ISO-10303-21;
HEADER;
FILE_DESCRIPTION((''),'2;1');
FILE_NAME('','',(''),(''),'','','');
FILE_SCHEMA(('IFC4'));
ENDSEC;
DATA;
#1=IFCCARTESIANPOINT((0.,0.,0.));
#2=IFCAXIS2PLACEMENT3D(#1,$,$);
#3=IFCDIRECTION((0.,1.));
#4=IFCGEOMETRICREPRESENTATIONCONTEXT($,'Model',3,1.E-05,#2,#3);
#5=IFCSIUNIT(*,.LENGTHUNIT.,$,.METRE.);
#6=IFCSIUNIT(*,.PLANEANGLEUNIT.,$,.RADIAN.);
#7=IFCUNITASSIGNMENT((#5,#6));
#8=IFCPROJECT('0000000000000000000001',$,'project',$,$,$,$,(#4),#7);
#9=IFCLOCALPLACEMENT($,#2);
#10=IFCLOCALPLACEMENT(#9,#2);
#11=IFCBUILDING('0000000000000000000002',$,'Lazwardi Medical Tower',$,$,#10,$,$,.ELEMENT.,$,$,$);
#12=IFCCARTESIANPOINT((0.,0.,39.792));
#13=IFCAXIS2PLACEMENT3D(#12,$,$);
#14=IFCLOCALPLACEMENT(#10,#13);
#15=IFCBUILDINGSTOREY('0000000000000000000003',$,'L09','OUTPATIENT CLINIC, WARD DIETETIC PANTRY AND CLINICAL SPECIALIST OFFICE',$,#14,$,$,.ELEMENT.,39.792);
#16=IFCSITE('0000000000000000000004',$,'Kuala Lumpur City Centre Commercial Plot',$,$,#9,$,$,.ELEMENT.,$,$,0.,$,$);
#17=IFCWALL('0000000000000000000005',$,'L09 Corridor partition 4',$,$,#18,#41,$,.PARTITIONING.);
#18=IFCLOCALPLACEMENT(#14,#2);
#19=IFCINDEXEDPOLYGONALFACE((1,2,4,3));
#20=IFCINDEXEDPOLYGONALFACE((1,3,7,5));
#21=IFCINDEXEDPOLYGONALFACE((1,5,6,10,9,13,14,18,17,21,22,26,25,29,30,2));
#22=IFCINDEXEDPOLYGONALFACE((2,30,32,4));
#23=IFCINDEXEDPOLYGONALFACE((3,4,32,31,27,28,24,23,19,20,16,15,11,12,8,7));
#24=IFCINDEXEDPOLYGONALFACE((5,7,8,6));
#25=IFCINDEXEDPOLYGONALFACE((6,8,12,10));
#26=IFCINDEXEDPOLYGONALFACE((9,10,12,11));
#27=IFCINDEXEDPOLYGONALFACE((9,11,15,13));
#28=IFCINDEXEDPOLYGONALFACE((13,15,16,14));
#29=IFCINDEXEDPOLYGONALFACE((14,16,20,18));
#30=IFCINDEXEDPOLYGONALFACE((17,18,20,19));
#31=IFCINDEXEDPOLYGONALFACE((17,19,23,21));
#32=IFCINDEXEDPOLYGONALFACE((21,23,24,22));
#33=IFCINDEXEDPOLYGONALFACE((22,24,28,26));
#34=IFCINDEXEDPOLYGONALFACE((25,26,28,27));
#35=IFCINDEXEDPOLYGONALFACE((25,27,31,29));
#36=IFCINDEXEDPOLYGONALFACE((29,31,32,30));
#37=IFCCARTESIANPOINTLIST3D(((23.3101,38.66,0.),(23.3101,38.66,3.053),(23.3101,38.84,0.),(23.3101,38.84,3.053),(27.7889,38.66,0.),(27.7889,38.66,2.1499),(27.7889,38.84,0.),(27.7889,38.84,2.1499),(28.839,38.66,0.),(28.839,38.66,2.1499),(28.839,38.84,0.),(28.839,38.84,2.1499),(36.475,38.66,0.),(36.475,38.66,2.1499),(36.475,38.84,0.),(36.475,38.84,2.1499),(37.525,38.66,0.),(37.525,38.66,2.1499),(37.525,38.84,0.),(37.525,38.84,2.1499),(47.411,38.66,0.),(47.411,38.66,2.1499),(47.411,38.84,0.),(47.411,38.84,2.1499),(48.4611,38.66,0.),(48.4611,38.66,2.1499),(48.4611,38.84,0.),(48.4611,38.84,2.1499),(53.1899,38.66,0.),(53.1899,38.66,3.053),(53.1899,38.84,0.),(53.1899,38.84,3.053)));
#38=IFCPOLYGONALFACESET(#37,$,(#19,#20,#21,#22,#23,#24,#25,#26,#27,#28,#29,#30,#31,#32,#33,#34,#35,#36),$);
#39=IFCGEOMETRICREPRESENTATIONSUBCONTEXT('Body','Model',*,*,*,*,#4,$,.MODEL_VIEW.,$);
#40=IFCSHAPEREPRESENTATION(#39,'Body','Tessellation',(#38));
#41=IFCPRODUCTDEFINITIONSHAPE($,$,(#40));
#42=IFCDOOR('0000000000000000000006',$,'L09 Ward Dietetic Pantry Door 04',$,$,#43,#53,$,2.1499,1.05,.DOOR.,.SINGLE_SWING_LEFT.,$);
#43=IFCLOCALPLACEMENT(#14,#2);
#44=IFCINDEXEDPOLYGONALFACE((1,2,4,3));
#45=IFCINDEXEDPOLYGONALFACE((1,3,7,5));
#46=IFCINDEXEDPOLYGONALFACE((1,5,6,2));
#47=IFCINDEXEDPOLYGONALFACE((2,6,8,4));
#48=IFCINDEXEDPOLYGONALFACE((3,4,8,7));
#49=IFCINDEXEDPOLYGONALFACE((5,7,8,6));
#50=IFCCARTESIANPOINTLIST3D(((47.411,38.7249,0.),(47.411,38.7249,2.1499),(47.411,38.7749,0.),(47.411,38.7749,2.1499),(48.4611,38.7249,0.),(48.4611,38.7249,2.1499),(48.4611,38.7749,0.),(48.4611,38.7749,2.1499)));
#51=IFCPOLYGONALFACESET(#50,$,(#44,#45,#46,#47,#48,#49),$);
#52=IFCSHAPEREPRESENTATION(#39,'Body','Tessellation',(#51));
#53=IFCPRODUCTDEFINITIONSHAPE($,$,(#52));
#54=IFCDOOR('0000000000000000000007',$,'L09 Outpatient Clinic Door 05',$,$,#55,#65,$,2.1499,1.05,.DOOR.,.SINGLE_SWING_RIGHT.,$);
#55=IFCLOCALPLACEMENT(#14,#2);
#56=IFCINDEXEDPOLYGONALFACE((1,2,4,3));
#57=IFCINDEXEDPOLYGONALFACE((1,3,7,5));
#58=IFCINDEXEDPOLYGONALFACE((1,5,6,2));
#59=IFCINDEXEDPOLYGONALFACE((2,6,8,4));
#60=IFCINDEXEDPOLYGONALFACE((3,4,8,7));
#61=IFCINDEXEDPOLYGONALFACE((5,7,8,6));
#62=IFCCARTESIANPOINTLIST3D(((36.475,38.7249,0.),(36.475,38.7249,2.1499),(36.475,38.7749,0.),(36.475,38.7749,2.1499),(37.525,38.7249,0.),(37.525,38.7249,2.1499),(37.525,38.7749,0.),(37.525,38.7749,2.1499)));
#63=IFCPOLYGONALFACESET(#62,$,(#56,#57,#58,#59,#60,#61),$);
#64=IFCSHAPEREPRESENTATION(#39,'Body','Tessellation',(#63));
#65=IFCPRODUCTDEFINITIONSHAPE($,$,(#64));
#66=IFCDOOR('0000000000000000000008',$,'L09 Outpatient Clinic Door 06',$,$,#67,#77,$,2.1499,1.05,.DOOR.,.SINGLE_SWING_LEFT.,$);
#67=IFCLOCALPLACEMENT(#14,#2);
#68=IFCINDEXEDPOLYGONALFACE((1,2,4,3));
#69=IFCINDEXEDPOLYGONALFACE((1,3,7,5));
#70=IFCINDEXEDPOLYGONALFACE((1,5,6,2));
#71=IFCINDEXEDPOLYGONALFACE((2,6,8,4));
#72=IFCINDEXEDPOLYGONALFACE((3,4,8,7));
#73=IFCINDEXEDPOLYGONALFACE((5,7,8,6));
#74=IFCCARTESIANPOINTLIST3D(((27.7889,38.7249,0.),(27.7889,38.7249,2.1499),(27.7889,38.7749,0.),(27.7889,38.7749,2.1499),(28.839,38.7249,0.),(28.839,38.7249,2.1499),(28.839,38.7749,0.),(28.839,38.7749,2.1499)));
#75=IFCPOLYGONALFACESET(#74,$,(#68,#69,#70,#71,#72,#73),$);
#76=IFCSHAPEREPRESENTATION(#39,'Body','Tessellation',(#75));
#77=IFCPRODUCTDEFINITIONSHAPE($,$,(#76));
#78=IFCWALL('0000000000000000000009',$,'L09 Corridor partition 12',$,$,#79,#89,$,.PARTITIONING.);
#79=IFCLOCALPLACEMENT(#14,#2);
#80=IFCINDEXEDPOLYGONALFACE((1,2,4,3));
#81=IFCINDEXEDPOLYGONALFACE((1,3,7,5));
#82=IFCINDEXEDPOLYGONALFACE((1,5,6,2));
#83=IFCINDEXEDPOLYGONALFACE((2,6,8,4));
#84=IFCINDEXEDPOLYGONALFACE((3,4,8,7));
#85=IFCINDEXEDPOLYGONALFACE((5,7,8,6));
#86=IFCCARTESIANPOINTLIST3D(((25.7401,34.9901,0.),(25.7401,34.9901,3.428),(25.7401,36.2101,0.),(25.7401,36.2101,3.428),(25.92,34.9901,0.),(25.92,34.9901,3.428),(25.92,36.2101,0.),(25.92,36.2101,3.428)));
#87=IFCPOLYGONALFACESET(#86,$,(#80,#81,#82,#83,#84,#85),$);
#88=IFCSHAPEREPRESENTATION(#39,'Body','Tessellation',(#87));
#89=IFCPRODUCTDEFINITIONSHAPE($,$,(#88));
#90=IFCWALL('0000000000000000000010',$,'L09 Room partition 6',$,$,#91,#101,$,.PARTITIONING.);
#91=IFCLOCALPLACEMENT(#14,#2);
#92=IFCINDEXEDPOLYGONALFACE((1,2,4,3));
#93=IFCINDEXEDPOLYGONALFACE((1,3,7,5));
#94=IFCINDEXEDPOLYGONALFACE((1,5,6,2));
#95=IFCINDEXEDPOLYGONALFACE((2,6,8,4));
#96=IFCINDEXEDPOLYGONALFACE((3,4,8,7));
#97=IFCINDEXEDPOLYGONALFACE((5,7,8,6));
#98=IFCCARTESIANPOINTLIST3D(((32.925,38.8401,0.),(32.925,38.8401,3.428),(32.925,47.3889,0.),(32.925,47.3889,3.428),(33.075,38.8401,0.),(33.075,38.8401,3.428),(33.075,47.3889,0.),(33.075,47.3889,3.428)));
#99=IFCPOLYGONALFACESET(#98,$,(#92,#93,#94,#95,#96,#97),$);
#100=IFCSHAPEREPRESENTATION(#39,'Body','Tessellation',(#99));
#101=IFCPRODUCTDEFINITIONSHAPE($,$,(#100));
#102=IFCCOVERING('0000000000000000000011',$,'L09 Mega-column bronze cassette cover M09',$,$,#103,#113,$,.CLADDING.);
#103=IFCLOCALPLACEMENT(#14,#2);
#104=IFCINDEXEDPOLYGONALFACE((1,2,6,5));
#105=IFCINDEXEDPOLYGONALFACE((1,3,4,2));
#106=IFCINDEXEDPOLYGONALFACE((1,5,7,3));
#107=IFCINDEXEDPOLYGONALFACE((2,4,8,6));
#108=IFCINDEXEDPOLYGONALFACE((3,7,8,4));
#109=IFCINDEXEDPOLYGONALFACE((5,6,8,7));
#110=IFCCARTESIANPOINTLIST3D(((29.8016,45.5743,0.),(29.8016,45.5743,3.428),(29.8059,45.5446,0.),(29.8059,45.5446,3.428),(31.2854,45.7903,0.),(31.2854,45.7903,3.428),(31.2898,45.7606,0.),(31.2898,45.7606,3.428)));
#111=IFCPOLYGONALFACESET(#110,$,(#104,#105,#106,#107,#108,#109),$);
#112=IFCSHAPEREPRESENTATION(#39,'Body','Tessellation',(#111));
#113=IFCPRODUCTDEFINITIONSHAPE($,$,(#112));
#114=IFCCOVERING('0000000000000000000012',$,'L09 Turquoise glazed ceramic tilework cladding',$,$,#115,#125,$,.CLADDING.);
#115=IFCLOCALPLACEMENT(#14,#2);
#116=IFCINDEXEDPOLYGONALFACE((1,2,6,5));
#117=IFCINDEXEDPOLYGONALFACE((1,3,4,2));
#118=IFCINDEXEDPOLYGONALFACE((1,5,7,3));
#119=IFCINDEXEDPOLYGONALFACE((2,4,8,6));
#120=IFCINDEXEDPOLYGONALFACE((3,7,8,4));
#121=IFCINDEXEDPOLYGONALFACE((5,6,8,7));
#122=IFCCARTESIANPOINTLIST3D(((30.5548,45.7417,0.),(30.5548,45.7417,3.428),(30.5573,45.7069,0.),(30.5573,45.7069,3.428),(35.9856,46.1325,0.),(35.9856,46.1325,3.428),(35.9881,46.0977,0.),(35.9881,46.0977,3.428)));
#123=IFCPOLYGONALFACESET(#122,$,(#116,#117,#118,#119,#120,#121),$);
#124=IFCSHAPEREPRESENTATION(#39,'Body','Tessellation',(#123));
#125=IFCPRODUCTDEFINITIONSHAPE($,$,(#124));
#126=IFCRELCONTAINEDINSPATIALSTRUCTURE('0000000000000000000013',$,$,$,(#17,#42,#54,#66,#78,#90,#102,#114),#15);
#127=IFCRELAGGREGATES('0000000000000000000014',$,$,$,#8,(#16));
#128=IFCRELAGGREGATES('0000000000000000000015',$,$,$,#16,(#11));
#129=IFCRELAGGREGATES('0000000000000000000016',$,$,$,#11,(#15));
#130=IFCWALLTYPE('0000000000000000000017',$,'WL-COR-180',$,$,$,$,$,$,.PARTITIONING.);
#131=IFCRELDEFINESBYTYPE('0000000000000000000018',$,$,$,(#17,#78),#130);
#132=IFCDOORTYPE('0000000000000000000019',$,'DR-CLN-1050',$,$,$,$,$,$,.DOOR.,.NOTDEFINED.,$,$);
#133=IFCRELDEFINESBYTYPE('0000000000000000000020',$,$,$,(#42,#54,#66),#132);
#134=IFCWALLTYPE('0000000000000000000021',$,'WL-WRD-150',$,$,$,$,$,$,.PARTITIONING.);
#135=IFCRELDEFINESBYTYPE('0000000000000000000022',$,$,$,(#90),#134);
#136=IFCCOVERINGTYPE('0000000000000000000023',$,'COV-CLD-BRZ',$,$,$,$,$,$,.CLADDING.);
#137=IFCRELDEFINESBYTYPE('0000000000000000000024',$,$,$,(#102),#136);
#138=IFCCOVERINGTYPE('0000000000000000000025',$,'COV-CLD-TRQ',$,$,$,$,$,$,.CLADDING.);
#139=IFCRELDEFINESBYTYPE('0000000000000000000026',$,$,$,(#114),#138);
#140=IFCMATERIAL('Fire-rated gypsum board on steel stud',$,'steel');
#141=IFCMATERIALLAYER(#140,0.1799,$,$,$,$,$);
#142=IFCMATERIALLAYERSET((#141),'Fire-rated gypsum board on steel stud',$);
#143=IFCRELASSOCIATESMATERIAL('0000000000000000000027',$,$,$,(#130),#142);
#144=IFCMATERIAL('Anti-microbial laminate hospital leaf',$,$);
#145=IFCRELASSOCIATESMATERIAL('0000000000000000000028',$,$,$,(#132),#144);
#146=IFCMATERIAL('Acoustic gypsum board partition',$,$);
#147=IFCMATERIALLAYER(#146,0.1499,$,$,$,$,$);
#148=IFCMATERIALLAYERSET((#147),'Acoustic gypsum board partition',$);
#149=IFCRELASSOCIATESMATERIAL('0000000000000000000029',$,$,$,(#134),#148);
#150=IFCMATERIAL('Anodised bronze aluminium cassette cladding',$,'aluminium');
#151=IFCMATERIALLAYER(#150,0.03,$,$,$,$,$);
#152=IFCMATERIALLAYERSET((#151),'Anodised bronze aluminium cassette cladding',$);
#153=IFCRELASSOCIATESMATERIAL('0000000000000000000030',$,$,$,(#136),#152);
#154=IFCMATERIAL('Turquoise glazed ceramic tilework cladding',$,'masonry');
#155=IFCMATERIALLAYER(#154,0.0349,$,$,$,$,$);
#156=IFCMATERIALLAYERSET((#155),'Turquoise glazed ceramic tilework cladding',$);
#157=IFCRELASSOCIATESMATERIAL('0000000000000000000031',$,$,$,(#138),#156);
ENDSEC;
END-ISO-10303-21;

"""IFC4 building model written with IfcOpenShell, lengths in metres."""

from ifc_helpers import new_model, si_unit, direction, frame, frame_2d, origin, origin_2d, place, context, subcontext, project, spatial, rectangle, extrude, material, layer, layer_set, type_object, element, fill, save


model = new_model("IFC4")

# Units and contexts
model_context = context("Model", 3, precision=1e-05, world=origin(), true_north=direction((0.0, 1.0)))
body_context = subcontext(model_context, "Body", "Model", "MODEL_VIEW")
ifc_project = project(units=[si_unit("LENGTHUNIT", "METRE"), si_unit("PLANEANGLEUNIT", "RADIAN")], contexts=[model_context])

# Site, building, storey
site_placement = place(None, origin())
site = spatial("IfcSite", under=ifc_project, at=site_placement, Name="Kuala Lumpur City Centre Commercial Plot", CompositionType="ELEMENT", RefElevation=0.0)
building_placement = place(site_placement, origin())
building = spatial("IfcBuilding", under=site, at=building_placement, Name="Lazwardi Medical Tower", CompositionType="ELEMENT")
storey_placement = place(building_placement, frame((0.0, 0.0, 39.792)))
storey = spatial("IfcBuildingStorey", under=building, at=storey_placement, Name="L09", Description="OUTPATIENT CLINIC, WARD DIETETIC PANTRY AND CLINICAL SPECIALIST OFFICE", CompositionType="ELEMENT", Elevation=39.792)

# Wall, openings, doors
ifc_material_1 = material(Name="Fire-rated gypsum board on steel stud", Category="steel")
ifc_layer_1 = layer(ifc_material_1, 0.1799)
ifc_layer_set_1 = layer_set([ifc_layer_1], Name="Fire-rated gypsum board on steel stud")
wall_type_1 = type_object("IfcWallType", Name="WL-COR-180", PredefinedType="PARTITIONING", material=ifc_layer_set_1)
wall_1_placement = place(storey_placement, frame((23.3101, 38.75, 0.0), z_axis=(0.0, 0.0, 1.0), x_axis=(1.0, 0.0, 0.0)))
wall_1 = element("IfcWall", 1, at=wall_1_placement, inside=storey, type_object=wall_type_1, Name="L09 Corridor partition 4", PredefinedType="PARTITIONING", context=body_context, shape_type="SweptSolid", body=[
    extrude(rectangle(XDim=29.8799, YDim=0.1799, at=frame_2d((14.9399, 0.0))), origin(), (0.0, 0.0, 1.0), 3.053),
])
opening_1_placement = place(wall_1_placement, frame((24.1011, 0.0, 0.0)))
opening_1 = element("IfcOpeningElement", 2, at=opening_1_placement, cuts=wall_1, PredefinedType="OPENING", context=body_context, shape_type="SweptSolid", body=[
    extrude(rectangle(XDim=1.05, YDim=2.1499, at=frame_2d((0.5249, 1.075))), frame((0.0, 0.0999, 0.0), z_axis=(0.0, -1.0, 0.0), x_axis=(1.0, 0.0, 0.0)), (0.0, 0.0, 1.0), 0.2),
])
opening_2_placement = place(wall_1_placement, frame((13.165, 0.0, 0.0)))
opening_2 = element("IfcOpeningElement", 3, at=opening_2_placement, cuts=wall_1, PredefinedType="OPENING", context=body_context, shape_type="SweptSolid", body=[
    extrude(rectangle(XDim=1.05, YDim=2.1499, at=frame_2d((0.5249, 1.075))), frame((0.0, 0.0999, 0.0), z_axis=(0.0, -1.0, 0.0), x_axis=(1.0, 0.0, 0.0)), (0.0, 0.0, 1.0), 0.2),
])
opening_3_placement = place(wall_1_placement, frame((4.479, 0.0, 0.0)))
opening_3 = element("IfcOpeningElement", 4, at=opening_3_placement, cuts=wall_1, PredefinedType="OPENING", context=body_context, shape_type="SweptSolid", body=[
    extrude(rectangle(XDim=1.05, YDim=2.1499, at=frame_2d((0.5249, 1.075))), frame((0.0, 0.0999, 0.0), z_axis=(0.0, -1.0, 0.0), x_axis=(1.0, 0.0, 0.0)), (0.0, 0.0, 1.0), 0.2),
])
ifc_material_2 = material(Name="Anti-microbial laminate hospital leaf")
door_type = type_object("IfcDoorType", Name="DR-CLN-1050", OperationType="NOTDEFINED", PredefinedType="DOOR", material=ifc_material_2)
door_1_placement = place(opening_1_placement, origin())
door_1 = element("IfcDoor", 5, at=door_1_placement, inside=storey, type_object=door_type, Name="L09 Ward Dietetic Pantry Door 04", OperationType="SINGLE_SWING_LEFT", OverallHeight=2.1499, OverallWidth=1.05, PredefinedType="DOOR", context=body_context, shape_type="SweptSolid", body=[
    extrude(rectangle(XDim=1.05, YDim=2.1499, at=frame_2d((0.5249, 1.075))), frame((0.0, 0.0249, 0.0), z_axis=(0.0, -1.0, 0.0), x_axis=(1.0, 0.0, 0.0)), (0.0, 0.0, 1.0), 0.05),
])
fill(opening_1, door_1)
door_2_placement = place(opening_2_placement, origin())
door_2 = element("IfcDoor", 6, at=door_2_placement, inside=storey, type_object=door_type, Name="L09 Outpatient Clinic Door 05", OperationType="SINGLE_SWING_RIGHT", OverallHeight=2.1499, OverallWidth=1.05, PredefinedType="DOOR", context=body_context, shape_type="SweptSolid", body=[
    extrude(rectangle(XDim=1.05, YDim=2.1499, at=frame_2d((0.5249, 1.075))), frame((0.0, 0.0249, 0.0), z_axis=(0.0, -1.0, 0.0), x_axis=(1.0, 0.0, 0.0)), (0.0, 0.0, 1.0), 0.05),
])
fill(opening_2, door_2)
door_3_placement = place(opening_3_placement, origin())
door_3 = element("IfcDoor", 7, at=door_3_placement, inside=storey, type_object=door_type, Name="L09 Outpatient Clinic Door 06", OperationType="SINGLE_SWING_LEFT", OverallHeight=2.1499, OverallWidth=1.05, PredefinedType="DOOR", context=body_context, shape_type="SweptSolid", body=[
    extrude(rectangle(XDim=1.05, YDim=2.1499, at=frame_2d((0.5249, 1.075))), frame((0.0, 0.0249, 0.0), z_axis=(0.0, -1.0, 0.0), x_axis=(1.0, 0.0, 0.0)), (0.0, 0.0, 1.0), 0.05),
])
fill(opening_3, door_3)

# Walls
wall_2_placement = place(storey_placement, frame((25.8301, 36.21, 0.0), z_axis=(0.0, 0.0, 1.0), x_axis=(0.0, -1.0, 0.0)))
element("IfcWall", 8, at=wall_2_placement, inside=storey, type_object=wall_type_1, Name="L09 Corridor partition 12", PredefinedType="PARTITIONING", context=body_context, shape_type="SweptSolid", body=[
    extrude(rectangle(XDim=1.22, YDim=0.1799, at=frame_2d((0.6099, 0.0))), origin(), (0.0, 0.0, 1.0), 3.428),
])
ifc_material_3 = material(Name="Acoustic gypsum board partition")
ifc_layer_2 = layer(ifc_material_3, 0.1499)
ifc_layer_set_2 = layer_set([ifc_layer_2], Name="Acoustic gypsum board partition")
wall_type_2 = type_object("IfcWallType", Name="WL-WRD-150", PredefinedType="PARTITIONING", material=ifc_layer_set_2)
wall_3_placement = place(storey_placement, frame((33.0, 38.8401, 0.0), z_axis=(0.0, 0.0, 1.0), x_axis=(0.0, 1.0, 0.0)))
element("IfcWall", 9, at=wall_3_placement, inside=storey, type_object=wall_type_2, Name="L09 Room partition 6", PredefinedType="PARTITIONING", context=body_context, shape_type="SweptSolid", body=[
    extrude(rectangle(XDim=8.5488, YDim=0.1499, at=frame_2d((4.2744, 0.0))), origin(), (0.0, 0.0, 1.0), 3.428),
])

# Coverings
ifc_material_4 = material(Name="Anodised bronze aluminium cassette cladding", Category="aluminium")
ifc_layer_3 = layer(ifc_material_4, 0.03)
ifc_layer_set_3 = layer_set([ifc_layer_3], Name="Anodised bronze aluminium cassette cladding")
covering_type_1 = type_object("IfcCoveringType", Name="COV-CLD-BRZ", PredefinedType="CLADDING", material=ifc_layer_set_3)
covering_1_placement = place(storey_placement, frame((30.5457, 45.6675, 0.0), z_axis=(0.0, 0.0, 1.0), x_axis=(-0.989573, -0.144035, 0.0)))
element("IfcCovering", 10, at=covering_1_placement, inside=storey, type_object=covering_type_1, Name="L09 Mega-column bronze cassette cover M09", PredefinedType="CLADDING", context=body_context, shape_type="SweptSolid", body=[
    extrude(rectangle(XDim=1.4995, YDim=0.03, at=origin_2d()), origin(), (0.0, 0.0, 1.0), 3.428),
])
ifc_material_5 = material(Name="Turquoise glazed ceramic tilework cladding", Category="masonry")
ifc_layer_4 = layer(ifc_material_5, 0.0349)
ifc_layer_set_4 = layer_set([ifc_layer_4], Name="Turquoise glazed ceramic tilework cladding")
covering_type_2 = type_object("IfcCoveringType", Name="COV-CLD-TRQ", PredefinedType="CLADDING", material=ifc_layer_set_4)
covering_2_placement = place(storey_placement, frame((33.2715, 45.9197, 0.0), z_axis=(0.0, 0.0, 1.0), x_axis=(-0.997421, -0.071774, 0.0)))
element("IfcCovering", 11, at=covering_2_placement, inside=storey, type_object=covering_type_2, Name="L09 Turquoise glazed ceramic tilework cladding", PredefinedType="CLADDING", context=body_context, shape_type="SweptSolid", body=[
    extrude(rectangle(XDim=5.4448, YDim=0.0349, at=origin_2d()), origin(), (0.0, 0.0, 1.0), 3.428),
])

save(model, "model.ifc")
